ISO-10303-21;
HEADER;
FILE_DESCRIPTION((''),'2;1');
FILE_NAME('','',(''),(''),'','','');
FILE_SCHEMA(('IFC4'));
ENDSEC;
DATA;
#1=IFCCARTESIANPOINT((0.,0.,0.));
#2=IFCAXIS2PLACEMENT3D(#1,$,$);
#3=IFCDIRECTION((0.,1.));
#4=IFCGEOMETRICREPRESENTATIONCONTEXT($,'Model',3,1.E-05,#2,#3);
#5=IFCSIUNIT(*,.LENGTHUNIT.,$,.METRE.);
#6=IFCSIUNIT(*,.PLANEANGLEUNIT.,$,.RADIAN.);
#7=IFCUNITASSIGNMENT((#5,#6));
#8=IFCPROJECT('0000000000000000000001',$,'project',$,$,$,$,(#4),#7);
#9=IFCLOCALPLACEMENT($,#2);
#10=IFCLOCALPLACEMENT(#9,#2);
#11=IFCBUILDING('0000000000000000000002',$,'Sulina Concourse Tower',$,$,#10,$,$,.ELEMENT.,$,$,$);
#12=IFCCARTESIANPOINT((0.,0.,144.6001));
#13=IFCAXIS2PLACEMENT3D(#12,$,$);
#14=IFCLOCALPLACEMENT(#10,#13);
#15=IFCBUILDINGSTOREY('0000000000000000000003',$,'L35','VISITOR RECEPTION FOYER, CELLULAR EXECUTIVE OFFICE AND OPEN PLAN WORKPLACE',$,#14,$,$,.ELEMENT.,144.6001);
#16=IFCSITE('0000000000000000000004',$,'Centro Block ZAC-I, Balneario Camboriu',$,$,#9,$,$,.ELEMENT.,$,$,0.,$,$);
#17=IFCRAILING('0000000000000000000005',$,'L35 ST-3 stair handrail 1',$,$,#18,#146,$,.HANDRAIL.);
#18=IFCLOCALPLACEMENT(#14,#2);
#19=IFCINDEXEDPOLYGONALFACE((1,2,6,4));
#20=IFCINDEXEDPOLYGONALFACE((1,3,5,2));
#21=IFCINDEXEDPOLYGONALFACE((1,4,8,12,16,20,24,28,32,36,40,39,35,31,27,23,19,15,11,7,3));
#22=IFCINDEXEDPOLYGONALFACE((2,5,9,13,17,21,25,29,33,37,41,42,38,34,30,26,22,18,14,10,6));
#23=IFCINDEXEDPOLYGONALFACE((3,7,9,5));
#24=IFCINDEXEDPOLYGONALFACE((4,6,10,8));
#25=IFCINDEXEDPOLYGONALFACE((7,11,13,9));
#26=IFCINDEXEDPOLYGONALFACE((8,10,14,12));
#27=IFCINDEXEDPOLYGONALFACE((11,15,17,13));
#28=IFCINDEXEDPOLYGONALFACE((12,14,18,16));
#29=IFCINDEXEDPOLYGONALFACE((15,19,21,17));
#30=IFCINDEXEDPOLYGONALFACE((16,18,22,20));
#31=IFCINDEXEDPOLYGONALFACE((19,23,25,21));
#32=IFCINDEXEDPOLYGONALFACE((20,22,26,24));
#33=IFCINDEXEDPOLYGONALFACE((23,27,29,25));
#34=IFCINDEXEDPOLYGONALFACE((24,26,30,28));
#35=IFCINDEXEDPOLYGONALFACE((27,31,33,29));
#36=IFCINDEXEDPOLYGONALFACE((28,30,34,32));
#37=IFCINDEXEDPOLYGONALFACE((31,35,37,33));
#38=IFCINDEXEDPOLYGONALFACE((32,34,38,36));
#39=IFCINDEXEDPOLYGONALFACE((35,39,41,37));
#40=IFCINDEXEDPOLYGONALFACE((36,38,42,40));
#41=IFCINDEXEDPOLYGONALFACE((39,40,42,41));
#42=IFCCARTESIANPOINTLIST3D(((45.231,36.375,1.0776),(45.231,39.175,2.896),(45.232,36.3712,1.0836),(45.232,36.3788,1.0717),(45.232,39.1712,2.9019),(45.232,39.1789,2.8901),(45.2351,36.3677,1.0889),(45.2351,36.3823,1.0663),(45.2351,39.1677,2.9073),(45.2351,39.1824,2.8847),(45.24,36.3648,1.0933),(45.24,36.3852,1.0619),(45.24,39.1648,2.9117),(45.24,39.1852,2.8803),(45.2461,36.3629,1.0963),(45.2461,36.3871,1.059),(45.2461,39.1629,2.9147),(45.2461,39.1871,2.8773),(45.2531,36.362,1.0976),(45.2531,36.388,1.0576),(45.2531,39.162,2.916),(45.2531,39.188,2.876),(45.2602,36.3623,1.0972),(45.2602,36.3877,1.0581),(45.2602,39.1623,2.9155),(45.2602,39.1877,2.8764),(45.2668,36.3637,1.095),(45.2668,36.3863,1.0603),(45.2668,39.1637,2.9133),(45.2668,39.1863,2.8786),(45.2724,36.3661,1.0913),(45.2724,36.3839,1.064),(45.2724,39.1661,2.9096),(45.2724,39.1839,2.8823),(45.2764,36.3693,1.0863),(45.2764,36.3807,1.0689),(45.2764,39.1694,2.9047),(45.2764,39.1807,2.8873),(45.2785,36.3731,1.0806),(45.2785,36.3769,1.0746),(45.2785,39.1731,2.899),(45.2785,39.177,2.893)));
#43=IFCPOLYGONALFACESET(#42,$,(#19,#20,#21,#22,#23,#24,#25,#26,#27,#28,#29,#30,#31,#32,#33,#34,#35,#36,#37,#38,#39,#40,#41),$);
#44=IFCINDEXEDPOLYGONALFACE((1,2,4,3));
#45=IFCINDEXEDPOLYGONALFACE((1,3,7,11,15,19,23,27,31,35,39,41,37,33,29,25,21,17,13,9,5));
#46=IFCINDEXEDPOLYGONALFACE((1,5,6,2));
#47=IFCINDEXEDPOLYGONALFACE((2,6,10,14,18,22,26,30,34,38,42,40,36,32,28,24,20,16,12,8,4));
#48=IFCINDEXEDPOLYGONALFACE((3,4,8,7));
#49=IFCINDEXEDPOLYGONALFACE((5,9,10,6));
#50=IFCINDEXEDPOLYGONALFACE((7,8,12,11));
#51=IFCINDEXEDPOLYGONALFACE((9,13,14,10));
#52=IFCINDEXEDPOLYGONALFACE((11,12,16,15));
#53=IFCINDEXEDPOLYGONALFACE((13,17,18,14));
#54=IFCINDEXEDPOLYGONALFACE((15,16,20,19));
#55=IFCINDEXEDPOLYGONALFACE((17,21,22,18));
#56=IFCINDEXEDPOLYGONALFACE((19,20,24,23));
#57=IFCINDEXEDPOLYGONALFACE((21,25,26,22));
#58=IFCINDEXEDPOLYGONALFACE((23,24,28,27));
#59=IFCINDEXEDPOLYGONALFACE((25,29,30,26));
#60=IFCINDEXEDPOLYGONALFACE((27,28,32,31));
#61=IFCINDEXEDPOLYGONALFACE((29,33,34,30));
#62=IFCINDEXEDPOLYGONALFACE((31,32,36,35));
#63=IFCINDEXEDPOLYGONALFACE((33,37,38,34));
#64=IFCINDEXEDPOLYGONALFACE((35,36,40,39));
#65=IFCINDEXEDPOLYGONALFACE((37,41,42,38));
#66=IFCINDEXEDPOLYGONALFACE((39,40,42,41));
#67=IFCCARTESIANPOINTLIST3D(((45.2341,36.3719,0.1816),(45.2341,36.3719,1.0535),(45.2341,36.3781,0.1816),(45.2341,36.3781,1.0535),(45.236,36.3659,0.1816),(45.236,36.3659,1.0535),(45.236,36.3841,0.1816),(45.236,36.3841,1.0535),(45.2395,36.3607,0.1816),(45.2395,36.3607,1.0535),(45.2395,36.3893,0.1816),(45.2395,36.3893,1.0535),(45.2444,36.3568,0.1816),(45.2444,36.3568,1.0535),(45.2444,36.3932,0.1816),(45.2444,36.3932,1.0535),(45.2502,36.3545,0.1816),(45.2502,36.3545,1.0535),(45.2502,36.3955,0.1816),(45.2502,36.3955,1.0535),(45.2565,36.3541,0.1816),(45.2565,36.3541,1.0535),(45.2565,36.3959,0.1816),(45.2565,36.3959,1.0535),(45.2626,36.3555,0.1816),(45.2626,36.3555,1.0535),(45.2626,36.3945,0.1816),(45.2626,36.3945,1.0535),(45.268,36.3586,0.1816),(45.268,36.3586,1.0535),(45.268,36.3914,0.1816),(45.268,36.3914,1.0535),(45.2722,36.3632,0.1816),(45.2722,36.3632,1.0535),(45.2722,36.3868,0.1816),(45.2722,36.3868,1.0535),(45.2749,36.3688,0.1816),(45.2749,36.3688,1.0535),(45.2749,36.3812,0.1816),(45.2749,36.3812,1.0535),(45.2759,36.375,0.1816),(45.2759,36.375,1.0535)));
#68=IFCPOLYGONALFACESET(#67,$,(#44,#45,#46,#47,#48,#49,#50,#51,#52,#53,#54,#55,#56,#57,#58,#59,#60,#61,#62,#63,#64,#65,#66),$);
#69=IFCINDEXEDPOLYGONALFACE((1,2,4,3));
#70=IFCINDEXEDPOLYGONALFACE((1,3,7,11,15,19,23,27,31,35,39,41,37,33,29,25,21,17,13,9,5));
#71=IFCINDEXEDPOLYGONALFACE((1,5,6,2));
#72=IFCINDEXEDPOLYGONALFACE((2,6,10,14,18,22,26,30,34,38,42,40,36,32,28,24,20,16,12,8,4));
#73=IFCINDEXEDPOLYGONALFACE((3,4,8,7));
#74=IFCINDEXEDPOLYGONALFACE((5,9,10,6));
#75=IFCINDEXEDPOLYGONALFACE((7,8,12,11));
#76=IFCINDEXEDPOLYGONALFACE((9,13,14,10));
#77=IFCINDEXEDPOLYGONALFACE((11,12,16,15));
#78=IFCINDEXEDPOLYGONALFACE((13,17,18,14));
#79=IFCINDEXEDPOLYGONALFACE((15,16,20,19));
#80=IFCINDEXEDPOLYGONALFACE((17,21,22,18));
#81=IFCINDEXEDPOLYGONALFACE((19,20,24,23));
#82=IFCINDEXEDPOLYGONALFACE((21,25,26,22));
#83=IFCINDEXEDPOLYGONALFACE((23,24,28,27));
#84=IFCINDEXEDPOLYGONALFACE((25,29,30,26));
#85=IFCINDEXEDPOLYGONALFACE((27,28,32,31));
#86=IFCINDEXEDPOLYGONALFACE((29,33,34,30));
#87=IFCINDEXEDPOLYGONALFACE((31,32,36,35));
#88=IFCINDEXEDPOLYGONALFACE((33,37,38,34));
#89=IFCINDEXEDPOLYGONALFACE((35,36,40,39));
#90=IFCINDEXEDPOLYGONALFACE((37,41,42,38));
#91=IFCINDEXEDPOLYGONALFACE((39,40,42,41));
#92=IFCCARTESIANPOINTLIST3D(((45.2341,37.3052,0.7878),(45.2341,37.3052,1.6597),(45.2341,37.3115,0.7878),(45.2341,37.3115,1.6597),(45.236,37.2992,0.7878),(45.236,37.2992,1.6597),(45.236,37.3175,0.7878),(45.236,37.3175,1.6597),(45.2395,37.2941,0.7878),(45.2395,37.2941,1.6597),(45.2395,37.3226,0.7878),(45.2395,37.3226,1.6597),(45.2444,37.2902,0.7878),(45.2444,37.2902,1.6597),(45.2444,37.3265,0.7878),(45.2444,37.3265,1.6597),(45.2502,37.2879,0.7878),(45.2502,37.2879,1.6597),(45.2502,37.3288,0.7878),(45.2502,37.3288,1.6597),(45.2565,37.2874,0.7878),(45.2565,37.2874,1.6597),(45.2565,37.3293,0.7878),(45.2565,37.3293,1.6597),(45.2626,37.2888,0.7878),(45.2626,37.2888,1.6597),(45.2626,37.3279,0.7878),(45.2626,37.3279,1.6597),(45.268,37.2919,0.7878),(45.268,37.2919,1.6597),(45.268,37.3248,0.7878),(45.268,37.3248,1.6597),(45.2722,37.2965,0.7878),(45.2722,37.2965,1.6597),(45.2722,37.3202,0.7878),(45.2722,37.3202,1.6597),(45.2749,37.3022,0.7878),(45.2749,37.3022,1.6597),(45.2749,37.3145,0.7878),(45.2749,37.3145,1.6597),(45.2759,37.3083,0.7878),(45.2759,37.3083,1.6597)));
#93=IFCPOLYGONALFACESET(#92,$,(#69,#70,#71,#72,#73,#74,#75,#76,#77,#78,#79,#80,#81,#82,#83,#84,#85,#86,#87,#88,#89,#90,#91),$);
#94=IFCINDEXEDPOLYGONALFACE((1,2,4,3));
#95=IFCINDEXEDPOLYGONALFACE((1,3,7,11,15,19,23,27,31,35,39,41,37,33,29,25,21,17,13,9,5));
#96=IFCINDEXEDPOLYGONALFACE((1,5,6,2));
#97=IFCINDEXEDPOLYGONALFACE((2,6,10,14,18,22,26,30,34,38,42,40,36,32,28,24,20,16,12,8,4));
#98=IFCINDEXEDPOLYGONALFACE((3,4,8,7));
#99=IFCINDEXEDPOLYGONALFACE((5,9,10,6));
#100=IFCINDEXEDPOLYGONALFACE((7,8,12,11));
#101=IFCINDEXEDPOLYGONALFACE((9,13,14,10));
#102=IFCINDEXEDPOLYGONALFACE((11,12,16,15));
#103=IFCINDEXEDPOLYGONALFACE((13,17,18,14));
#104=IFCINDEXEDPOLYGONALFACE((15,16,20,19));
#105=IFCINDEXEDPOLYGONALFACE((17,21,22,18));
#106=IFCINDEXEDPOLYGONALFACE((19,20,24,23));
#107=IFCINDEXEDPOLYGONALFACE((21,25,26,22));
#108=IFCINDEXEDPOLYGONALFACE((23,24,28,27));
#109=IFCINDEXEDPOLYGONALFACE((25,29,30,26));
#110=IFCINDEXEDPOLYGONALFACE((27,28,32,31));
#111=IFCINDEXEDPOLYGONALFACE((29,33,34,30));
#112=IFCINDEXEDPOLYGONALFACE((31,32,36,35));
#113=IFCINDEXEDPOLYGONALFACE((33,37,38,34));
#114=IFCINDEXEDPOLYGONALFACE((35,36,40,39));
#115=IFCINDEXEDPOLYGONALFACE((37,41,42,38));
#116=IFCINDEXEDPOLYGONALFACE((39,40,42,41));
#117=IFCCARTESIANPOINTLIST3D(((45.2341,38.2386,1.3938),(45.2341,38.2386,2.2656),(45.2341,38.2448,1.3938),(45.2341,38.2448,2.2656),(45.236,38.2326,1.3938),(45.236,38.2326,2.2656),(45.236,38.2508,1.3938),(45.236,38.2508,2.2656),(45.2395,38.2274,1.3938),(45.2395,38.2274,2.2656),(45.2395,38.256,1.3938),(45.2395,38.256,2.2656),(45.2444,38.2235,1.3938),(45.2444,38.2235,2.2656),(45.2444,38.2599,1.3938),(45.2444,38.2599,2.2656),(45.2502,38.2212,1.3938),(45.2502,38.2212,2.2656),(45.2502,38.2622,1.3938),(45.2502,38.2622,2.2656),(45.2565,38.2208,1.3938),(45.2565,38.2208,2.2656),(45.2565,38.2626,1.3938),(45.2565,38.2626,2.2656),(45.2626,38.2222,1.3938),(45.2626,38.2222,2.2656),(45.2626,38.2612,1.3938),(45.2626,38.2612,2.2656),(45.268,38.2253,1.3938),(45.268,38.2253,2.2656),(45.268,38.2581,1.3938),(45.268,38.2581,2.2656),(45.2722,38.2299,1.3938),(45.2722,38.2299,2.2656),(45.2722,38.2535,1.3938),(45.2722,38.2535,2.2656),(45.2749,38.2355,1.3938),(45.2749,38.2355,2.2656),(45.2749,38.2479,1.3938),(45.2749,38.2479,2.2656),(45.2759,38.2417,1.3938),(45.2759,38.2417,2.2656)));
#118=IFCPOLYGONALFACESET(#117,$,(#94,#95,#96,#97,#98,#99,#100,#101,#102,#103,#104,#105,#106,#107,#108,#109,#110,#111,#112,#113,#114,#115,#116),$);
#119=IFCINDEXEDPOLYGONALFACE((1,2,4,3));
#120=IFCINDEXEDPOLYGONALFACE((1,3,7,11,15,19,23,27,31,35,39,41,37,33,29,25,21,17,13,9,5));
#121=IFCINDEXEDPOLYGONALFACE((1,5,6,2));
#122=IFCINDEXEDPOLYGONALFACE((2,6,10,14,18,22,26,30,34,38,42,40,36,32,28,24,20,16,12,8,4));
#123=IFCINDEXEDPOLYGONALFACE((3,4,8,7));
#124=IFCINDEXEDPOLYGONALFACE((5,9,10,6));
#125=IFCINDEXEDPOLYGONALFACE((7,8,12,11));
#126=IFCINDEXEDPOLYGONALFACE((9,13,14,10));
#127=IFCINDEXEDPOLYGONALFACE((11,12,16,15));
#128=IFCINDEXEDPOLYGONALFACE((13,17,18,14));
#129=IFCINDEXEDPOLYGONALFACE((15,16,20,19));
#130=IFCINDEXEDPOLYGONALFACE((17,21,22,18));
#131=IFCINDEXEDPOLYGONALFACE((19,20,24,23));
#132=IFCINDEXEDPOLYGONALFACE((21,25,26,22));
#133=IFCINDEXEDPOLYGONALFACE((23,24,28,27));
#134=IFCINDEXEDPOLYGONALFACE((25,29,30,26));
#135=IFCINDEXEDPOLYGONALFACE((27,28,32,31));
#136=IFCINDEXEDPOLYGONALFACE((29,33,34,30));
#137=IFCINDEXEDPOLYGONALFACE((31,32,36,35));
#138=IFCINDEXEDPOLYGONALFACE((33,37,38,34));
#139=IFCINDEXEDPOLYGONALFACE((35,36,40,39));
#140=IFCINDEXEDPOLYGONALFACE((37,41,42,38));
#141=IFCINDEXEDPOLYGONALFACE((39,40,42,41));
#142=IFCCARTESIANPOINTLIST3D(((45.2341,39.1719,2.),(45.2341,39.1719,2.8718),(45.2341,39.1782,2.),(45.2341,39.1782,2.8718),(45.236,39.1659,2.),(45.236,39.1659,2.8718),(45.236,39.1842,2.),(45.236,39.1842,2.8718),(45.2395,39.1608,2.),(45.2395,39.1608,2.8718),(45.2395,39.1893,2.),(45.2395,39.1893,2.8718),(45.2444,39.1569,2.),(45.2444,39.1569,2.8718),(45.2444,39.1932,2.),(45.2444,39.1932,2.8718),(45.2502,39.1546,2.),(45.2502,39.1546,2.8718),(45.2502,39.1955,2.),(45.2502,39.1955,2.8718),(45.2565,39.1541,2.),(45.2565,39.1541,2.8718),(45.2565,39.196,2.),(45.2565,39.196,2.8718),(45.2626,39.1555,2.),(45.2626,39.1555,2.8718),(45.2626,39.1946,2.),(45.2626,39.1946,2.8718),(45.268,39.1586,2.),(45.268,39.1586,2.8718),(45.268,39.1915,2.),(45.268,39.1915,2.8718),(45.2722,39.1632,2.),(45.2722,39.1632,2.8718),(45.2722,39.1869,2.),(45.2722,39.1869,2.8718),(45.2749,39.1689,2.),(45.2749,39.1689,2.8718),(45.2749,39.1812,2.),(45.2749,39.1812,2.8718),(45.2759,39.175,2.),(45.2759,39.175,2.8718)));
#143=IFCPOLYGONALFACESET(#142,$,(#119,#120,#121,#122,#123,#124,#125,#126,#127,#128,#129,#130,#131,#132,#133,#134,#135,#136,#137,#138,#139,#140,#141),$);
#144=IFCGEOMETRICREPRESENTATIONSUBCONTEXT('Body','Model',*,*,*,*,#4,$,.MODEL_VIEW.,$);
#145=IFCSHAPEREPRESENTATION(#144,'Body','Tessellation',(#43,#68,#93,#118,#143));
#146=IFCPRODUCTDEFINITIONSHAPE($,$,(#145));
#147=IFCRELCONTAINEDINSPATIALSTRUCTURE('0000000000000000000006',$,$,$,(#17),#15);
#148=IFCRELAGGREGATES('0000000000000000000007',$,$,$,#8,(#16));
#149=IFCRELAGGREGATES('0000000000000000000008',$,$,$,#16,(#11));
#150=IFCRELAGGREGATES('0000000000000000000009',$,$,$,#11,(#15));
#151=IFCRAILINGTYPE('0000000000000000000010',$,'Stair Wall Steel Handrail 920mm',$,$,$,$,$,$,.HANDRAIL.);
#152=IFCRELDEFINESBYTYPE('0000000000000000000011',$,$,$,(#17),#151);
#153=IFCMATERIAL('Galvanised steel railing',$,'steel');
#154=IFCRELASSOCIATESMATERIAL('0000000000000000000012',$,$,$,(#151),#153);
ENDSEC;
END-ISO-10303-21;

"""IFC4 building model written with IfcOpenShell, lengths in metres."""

from ifc_helpers import new_model, si_unit, direction, frame, origin, origin_2d, place, context, subcontext, project, spatial, circle, extrude, material, type_object, element, save


model = new_model("IFC4")

# Units and contexts
model_context = context("Model", 3, precision=1e-05, world=origin(), true_north=direction((0.0, 1.0)))
body_context = subcontext(model_context, "Body", "Model", "MODEL_VIEW")
ifc_project = project(units=[si_unit("LENGTHUNIT", "METRE"), si_unit("PLANEANGLEUNIT", "RADIAN")], contexts=[model_context])

# Site, building, storey
site_placement = place(None, origin())
site = spatial("IfcSite", under=ifc_project, at=site_placement, Name="Centro Block ZAC-I, Balneario Camboriu", CompositionType="ELEMENT", RefElevation=0.0)
building_placement = place(site_placement, origin())
building = spatial("IfcBuilding", under=site, at=building_placement, Name="Sulina Concourse Tower", CompositionType="ELEMENT")
storey_placement = place(building_placement, frame((0.0, 0.0, 144.6001)))
storey = spatial("IfcBuildingStorey", under=building, at=storey_placement, Name="L35", Description="VISITOR RECEPTION FOYER, CELLULAR EXECUTIVE OFFICE AND OPEN PLAN WORKPLACE", CompositionType="ELEMENT", Elevation=144.6001)

# Railing
ifc_material_1 = material(Name="Galvanised steel railing", Category="steel")
railing_type_1 = type_object("IfcRailingType", Name="Stair Wall Steel Handrail 920mm", PredefinedType="HANDRAIL", material=ifc_material_1)
railing_1_placement = place(storey_placement, frame((45.2549, 36.375, 0.1816)))
element("IfcRailing", 1, at=railing_1_placement, inside=storey, type_object=railing_type_1, Name="L35 ST-3 stair handrail 1", PredefinedType="HANDRAIL", context=body_context, shape_type="SweptSolid", body=[
    extrude(circle(Radius=0.0239, at=origin_2d()), frame((0.0, 0.0, 0.896), z_axis=(0.0, 0.838672, 0.544636), x_axis=(-1.0, 0.0, 0.0)), (0.0, 0.0, 1.0), 3.3386),
    extrude(circle(Radius=0.021, at=origin_2d()), origin(), (0.0, 0.0, 1.0), 0.8718),
    extrude(circle(Radius=0.021, at=origin_2d()), frame((0.0, 0.9333, 0.6062)), (0.0, 0.0, 1.0), 0.8718),
    extrude(circle(Radius=0.021, at=origin_2d()), frame((0.0, 1.8667, 1.2122)), (0.0, 0.0, 1.0), 0.8718),
    extrude(circle(Radius=0.021, at=origin_2d()), frame((0.0, 2.8, 1.8184)), (0.0, 0.0, 1.0), 0.8718),
])

save(model, "model.ifc")
